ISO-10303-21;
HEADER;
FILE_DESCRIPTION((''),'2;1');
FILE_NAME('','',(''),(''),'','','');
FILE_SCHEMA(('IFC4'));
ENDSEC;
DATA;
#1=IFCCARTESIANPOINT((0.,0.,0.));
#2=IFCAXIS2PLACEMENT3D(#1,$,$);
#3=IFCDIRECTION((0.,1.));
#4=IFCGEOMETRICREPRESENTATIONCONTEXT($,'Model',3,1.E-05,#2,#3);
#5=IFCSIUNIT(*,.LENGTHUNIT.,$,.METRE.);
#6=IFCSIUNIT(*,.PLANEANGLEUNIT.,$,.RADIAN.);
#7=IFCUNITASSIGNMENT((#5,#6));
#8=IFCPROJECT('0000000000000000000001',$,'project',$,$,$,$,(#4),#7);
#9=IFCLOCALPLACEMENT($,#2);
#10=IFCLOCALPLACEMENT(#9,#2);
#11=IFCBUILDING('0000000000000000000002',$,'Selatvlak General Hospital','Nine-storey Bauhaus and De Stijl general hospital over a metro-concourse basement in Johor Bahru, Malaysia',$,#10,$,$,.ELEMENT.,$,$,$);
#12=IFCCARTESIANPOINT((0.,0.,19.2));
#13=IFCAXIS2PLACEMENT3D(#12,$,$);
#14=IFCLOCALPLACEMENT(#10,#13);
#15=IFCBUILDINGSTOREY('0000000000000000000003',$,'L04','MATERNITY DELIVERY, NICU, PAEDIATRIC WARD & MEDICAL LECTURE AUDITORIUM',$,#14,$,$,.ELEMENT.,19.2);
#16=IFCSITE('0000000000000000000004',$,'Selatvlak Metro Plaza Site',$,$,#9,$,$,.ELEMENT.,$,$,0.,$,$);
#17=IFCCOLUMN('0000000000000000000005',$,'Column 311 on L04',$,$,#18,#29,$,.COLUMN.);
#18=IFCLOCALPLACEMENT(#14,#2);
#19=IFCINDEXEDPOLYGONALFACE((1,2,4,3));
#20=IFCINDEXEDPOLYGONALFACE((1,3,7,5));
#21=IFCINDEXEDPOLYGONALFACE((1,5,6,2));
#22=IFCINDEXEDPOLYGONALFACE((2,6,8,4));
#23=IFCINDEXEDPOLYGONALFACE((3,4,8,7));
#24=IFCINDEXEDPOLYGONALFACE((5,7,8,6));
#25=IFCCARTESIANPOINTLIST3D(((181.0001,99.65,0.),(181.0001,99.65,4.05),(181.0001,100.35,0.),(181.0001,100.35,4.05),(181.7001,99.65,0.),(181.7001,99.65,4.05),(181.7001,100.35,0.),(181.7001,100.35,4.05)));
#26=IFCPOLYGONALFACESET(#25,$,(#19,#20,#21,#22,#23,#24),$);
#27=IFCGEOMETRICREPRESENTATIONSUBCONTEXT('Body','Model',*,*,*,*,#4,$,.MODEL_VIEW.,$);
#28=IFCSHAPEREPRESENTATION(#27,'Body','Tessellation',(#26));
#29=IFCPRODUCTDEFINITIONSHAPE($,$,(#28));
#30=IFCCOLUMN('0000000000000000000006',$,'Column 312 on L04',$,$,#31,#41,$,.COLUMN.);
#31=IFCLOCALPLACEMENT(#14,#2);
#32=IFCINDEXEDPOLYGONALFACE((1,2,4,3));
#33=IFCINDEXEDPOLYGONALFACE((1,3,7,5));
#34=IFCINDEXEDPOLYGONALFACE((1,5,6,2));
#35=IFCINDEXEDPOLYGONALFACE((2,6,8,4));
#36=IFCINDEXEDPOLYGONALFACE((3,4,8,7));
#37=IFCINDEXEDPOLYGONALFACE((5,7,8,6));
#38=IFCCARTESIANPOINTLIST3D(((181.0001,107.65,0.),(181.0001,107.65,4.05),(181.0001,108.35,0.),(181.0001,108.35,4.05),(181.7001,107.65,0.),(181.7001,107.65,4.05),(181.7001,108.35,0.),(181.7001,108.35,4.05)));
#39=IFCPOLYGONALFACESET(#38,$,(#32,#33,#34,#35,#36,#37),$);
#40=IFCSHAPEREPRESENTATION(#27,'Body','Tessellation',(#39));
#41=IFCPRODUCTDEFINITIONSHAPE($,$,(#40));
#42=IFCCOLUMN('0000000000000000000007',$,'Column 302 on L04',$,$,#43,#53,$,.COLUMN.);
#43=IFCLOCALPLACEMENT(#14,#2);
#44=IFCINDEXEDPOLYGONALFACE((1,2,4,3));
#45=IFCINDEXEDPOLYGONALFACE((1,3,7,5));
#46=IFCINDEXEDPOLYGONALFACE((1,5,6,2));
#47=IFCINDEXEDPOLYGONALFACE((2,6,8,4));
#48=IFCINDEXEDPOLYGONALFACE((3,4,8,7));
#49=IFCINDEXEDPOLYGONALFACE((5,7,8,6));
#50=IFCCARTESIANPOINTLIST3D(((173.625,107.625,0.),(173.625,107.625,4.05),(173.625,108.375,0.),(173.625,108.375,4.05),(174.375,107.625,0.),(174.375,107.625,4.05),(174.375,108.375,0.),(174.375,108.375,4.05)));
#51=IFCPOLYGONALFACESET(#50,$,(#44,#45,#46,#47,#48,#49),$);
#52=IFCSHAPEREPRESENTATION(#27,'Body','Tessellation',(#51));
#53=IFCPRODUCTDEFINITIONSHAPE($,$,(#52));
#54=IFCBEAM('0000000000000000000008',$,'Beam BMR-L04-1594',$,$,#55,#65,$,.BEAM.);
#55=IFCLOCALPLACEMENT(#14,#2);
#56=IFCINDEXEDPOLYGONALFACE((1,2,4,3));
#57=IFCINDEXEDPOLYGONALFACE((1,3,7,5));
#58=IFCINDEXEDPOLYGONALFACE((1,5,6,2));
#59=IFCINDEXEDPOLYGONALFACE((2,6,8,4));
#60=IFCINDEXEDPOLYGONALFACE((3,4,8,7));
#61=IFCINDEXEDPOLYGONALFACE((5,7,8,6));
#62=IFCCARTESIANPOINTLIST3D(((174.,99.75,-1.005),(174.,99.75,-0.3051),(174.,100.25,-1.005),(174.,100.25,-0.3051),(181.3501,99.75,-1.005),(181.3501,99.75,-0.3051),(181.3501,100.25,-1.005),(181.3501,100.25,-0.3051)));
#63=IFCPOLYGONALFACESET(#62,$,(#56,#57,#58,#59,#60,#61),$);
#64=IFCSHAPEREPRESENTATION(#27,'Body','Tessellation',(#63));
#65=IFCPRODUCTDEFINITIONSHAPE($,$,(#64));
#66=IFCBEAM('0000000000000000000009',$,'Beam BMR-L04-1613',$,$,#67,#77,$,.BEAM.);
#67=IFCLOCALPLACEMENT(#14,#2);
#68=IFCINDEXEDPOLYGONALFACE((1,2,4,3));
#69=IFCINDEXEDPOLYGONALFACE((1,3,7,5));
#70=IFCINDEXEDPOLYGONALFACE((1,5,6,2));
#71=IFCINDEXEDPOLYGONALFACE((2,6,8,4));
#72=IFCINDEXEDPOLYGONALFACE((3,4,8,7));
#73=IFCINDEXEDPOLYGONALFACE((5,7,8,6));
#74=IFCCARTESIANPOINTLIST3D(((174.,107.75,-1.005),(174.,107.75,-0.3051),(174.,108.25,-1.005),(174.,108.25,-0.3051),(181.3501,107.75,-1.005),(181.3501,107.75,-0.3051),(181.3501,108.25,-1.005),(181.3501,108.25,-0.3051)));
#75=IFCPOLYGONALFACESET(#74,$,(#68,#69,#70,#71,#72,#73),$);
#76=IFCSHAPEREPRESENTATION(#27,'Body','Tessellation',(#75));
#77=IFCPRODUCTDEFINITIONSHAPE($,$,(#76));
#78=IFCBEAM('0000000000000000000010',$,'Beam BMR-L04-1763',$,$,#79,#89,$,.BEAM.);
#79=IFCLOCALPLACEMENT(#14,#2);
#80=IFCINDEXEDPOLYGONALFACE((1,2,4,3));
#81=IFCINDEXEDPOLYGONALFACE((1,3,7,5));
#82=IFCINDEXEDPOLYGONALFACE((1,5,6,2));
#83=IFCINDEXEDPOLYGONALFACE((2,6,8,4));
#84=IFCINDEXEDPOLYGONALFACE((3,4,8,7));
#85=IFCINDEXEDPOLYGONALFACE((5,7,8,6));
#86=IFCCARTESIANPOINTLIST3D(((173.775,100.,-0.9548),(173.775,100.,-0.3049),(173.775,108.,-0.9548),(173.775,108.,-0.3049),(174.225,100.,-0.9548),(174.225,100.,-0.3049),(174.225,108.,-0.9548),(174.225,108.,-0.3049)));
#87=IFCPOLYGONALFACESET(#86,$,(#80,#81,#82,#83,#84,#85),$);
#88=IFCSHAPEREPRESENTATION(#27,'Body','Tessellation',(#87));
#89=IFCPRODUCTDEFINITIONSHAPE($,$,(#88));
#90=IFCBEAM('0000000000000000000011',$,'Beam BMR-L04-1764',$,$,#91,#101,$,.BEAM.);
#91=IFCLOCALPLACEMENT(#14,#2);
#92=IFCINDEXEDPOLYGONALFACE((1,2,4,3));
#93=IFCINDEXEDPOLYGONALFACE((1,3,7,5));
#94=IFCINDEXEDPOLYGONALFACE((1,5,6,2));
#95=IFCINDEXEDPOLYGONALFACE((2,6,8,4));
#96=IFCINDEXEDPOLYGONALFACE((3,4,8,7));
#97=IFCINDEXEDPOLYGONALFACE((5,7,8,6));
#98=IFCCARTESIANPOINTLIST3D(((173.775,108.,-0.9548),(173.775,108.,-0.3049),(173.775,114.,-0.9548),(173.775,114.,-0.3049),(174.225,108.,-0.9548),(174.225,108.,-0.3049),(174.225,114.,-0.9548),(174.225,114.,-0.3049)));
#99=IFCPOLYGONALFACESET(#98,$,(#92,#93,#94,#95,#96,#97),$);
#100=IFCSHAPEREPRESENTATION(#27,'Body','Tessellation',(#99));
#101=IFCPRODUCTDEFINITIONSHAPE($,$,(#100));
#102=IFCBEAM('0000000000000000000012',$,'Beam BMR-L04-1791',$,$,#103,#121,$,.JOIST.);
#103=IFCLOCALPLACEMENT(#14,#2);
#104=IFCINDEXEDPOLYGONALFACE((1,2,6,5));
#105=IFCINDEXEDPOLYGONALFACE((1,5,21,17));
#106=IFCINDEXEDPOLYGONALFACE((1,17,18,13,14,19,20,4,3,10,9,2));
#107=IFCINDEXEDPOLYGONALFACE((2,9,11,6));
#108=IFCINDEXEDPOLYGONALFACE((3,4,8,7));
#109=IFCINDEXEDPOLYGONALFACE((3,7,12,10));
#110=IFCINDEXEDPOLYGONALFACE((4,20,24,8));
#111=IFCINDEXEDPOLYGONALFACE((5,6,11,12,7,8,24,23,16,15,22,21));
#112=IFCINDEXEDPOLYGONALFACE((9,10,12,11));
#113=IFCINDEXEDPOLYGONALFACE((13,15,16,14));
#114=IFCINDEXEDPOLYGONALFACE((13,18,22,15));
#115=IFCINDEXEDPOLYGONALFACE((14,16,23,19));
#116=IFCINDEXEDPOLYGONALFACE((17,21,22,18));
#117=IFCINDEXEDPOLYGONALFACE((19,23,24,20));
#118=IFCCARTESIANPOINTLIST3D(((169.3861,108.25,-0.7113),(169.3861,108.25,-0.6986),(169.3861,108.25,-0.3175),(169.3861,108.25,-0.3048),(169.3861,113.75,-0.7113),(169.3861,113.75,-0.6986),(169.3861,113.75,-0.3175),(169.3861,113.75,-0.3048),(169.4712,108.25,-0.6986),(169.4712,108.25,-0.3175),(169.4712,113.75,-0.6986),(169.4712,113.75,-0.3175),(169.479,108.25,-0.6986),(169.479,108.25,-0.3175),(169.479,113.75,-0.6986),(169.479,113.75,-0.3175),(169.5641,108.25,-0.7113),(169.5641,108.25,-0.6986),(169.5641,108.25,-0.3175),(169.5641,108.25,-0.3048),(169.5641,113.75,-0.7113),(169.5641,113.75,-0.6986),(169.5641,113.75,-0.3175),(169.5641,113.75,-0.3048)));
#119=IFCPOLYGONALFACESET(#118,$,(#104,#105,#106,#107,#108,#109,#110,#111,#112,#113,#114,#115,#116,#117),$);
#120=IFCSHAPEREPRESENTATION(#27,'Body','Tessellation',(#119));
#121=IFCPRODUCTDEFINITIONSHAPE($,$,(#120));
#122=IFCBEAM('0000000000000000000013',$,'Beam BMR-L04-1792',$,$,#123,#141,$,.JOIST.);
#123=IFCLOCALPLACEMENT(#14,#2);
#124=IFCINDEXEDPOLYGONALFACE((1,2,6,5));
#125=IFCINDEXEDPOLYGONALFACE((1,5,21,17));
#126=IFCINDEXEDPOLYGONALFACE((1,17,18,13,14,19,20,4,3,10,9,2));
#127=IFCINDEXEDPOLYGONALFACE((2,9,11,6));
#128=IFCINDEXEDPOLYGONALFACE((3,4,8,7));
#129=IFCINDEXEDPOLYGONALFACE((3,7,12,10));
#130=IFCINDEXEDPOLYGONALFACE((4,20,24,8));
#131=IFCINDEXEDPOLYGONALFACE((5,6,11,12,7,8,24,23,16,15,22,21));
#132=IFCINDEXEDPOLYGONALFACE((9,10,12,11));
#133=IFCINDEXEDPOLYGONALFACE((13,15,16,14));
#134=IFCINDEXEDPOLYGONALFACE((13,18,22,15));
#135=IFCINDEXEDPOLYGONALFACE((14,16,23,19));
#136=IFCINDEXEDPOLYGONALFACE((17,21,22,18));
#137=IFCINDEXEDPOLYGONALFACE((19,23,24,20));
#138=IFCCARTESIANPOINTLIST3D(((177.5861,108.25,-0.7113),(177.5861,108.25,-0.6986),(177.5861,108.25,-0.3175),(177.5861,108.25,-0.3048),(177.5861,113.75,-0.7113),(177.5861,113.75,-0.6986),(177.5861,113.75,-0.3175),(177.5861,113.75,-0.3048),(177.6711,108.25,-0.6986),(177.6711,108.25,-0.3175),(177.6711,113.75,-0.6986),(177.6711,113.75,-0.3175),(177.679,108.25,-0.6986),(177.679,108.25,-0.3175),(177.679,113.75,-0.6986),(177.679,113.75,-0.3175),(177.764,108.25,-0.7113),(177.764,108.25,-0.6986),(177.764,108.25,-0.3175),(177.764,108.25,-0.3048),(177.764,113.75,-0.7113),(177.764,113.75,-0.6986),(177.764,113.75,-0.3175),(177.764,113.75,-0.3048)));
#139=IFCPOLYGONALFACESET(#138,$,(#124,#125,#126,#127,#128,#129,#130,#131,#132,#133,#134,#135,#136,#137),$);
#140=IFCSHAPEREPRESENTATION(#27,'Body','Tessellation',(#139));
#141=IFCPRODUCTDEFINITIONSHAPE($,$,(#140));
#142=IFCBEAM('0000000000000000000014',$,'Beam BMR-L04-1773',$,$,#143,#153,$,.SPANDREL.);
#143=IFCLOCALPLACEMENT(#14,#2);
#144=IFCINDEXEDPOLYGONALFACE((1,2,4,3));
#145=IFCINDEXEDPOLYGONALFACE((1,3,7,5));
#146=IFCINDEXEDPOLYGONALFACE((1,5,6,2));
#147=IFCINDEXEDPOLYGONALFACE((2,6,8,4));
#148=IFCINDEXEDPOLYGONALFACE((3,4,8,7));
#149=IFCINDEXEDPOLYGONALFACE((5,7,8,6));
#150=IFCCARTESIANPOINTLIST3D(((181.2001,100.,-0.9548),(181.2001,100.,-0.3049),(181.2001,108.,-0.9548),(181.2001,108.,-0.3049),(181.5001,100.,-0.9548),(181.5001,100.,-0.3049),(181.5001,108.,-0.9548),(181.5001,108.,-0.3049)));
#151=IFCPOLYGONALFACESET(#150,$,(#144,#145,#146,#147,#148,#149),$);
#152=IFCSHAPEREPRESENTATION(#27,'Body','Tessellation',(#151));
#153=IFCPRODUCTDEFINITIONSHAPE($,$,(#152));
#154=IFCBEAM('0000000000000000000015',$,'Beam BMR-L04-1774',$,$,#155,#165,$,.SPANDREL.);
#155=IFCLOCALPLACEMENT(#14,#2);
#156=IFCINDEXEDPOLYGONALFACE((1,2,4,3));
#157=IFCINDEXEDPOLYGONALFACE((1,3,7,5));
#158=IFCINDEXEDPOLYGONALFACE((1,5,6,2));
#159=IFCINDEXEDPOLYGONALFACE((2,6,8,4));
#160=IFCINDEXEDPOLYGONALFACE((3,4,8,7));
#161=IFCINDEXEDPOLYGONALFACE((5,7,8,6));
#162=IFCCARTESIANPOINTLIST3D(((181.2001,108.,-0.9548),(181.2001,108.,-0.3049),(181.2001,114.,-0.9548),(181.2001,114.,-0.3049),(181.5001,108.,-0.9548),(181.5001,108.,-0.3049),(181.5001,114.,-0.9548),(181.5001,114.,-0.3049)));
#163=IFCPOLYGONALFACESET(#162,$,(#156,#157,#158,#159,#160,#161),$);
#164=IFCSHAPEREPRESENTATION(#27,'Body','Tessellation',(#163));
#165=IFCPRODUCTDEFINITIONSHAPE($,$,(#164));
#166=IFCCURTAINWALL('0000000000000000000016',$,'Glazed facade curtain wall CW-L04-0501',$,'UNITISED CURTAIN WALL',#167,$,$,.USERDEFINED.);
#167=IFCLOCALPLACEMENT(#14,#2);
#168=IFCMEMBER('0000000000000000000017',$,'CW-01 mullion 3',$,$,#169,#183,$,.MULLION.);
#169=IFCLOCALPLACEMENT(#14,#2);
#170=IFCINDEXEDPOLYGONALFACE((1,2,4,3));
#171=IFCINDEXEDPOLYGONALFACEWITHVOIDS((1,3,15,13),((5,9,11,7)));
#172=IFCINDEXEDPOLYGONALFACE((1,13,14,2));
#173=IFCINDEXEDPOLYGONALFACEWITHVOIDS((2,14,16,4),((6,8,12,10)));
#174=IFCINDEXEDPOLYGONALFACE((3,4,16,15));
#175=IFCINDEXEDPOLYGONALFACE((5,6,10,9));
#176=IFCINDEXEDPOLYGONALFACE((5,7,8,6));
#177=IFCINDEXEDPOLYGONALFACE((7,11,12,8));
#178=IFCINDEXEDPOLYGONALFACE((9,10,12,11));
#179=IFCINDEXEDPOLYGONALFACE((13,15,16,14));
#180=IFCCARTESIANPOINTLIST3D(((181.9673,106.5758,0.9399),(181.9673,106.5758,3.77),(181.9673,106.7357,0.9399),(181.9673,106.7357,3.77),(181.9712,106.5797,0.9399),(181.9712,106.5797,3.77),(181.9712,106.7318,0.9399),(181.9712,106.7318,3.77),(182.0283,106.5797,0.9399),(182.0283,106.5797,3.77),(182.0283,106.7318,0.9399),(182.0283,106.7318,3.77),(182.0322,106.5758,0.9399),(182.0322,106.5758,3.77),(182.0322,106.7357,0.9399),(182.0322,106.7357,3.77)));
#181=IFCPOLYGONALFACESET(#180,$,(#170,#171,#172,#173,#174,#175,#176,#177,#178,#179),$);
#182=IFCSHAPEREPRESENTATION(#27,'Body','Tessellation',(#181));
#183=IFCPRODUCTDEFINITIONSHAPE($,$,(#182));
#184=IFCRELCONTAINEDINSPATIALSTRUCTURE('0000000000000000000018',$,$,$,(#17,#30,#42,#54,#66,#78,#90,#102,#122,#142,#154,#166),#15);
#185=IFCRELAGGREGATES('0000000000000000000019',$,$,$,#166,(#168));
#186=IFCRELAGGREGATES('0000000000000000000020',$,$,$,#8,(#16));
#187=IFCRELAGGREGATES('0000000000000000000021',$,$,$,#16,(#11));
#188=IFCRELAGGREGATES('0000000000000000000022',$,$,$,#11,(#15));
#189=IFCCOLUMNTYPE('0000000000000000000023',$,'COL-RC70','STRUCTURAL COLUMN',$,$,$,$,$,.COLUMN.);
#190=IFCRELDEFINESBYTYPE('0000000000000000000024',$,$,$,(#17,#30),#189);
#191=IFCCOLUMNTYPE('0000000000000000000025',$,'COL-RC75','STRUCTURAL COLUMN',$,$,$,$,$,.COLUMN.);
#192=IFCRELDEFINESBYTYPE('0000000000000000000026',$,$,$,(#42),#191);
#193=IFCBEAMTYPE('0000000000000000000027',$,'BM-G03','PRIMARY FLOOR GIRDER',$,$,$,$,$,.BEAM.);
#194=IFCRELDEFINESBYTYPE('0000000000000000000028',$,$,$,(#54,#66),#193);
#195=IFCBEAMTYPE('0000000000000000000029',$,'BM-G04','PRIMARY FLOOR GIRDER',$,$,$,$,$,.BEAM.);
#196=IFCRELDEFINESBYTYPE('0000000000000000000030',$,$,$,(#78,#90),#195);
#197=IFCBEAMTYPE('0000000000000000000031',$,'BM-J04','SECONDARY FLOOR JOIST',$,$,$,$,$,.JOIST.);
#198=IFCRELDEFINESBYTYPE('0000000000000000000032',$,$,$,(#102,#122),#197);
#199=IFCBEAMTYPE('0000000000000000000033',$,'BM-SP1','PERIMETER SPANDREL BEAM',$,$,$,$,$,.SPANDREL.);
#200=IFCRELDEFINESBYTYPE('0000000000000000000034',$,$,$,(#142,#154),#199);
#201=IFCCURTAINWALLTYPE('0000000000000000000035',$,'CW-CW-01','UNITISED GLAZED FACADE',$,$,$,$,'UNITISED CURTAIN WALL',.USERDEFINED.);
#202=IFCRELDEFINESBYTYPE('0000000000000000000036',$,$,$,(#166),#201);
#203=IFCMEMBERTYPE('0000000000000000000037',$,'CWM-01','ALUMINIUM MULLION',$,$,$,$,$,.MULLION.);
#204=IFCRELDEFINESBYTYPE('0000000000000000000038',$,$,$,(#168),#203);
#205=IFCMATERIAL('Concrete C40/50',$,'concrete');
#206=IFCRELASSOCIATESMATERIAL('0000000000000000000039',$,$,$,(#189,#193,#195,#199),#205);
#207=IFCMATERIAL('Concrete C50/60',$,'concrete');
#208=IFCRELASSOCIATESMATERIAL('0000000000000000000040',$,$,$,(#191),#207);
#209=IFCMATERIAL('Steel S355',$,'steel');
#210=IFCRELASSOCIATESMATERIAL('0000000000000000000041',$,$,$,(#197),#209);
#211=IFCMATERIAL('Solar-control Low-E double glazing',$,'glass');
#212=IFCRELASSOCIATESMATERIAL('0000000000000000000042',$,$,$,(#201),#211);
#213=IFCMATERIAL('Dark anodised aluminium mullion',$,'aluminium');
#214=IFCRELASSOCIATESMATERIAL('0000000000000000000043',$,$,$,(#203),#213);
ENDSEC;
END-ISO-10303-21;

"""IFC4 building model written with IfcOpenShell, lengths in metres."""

from ifc_helpers import new_model, si_unit, direction, frame, origin, origin_2d, place, context, subcontext, project, spatial, rectangle, hollow_rectangle, i_section, extrude, material, material_profile, profile_set, type_object, element, aggregate, save


model = new_model("IFC4")

# Units and contexts
model_context = context("Model", 3, precision=1e-05, world=origin(), true_north=direction((0.0, 1.0)))
body_context = subcontext(model_context, "Body", "Model", "MODEL_VIEW")
ifc_project = project(units=[si_unit("LENGTHUNIT", "METRE"), si_unit("PLANEANGLEUNIT", "RADIAN")], contexts=[model_context])

# Site, building, storey
site_placement = place(None, origin())
site = spatial("IfcSite", under=ifc_project, at=site_placement, Name="Selatvlak Metro Plaza Site", CompositionType="ELEMENT", RefElevation=0.0)
building_placement = place(site_placement, origin())
building = spatial("IfcBuilding", under=site, at=building_placement, Name="Selatvlak General Hospital", Description="Nine-storey Bauhaus and De Stijl general hospital over a metro-concourse basement in Johor Bahru, Malaysia", CompositionType="ELEMENT")
storey_placement = place(building_placement, frame((0.0, 0.0, 19.2)))
storey = spatial("IfcBuildingStorey", under=building, at=storey_placement, Name="L04", Description="MATERNITY DELIVERY, NICU, PAEDIATRIC WARD & MEDICAL LECTURE AUDITORIUM", CompositionType="ELEMENT", Elevation=19.2)

# Columns
ifc_material_1 = material(Name="Concrete C40/50", Category="concrete")
ifc_material_profile_1 = material_profile(ifc_material_1, rectangle(XDim=0.7, YDim=0.7, at=origin_2d()), Name="RC-COL 700x700")
ifc_profile_set_1 = profile_set([ifc_material_profile_1], Name="Concrete C40/50")
column_type_1 = type_object("IfcColumnType", Name="COL-RC70", Description="STRUCTURAL COLUMN", PredefinedType="COLUMN", material=ifc_profile_set_1)
for number, where, z_axis, x_axis, name in (
    (1, (181.3501, 100.0, 0.0), (0.0, 0.0, 1.0), (1.0, 0.0, 0.0), "Column 311 on L04"),
    (2, (181.3501, 108.0, 0.0), (0.0, 0.0, 1.0), (1.0, 0.0, 0.0), "Column 312 on L04"),
):
    element("IfcColumn", number, at=place(storey_placement, frame(where, z_axis=z_axis, x_axis=x_axis)), inside=storey, type_object=column_type_1, Name=name, PredefinedType="COLUMN", context=body_context, shape_type="SweptSolid", body=[
        extrude(rectangle(XDim=0.7, YDim=0.7, at=origin_2d()), origin(), (0.0, 0.0, 1.0), 4.05),
    ])
ifc_material_2 = material(Name="Concrete C50/60", Category="concrete")
ifc_material_profile_2 = material_profile(ifc_material_2, rectangle(XDim=0.75, YDim=0.75, at=origin_2d()), Name="RC-COL 750x750")
ifc_profile_set_2 = profile_set([ifc_material_profile_2], Name="Concrete C50/60")
column_type_2 = type_object("IfcColumnType", Name="COL-RC75", Description="STRUCTURAL COLUMN", PredefinedType="COLUMN", material=ifc_profile_set_2)
column_placement = place(storey_placement, frame((174.0, 108.0, 0.0), z_axis=(0.0, 0.0, 1.0), x_axis=(1.0, 0.0, 0.0)))
element("IfcColumn", 3, at=column_placement, inside=storey, type_object=column_type_2, Name="Column 302 on L04", PredefinedType="COLUMN", context=body_context, shape_type="SweptSolid", body=[
    extrude(rectangle(XDim=0.75, YDim=0.75, at=origin_2d()), origin(), (0.0, 0.0, 1.0), 4.05),
])

# Beams
ifc_material_profile_3 = material_profile(ifc_material_1, rectangle(XDim=0.5, YDim=0.7, at=origin_2d()), Name="RC-BM 500x700")
ifc_profile_set_3 = profile_set([ifc_material_profile_3], Name="Concrete C40/50")
beam_type_1 = type_object("IfcBeamType", Name="BM-G03", Description="PRIMARY FLOOR GIRDER", PredefinedType="BEAM", material=ifc_profile_set_3)
for number, where, z_axis, x_axis, name in (
    (4, (174.0, 100.0, -0.655), (1.0, 0.0, 0.0), (0.0, 1.0, 0.0), "Beam BMR-L04-1594"),
    (5, (174.0, 108.0, -0.655), (1.0, 0.0, 0.0), (0.0, 1.0, 0.0), "Beam BMR-L04-1613"),
):
    element("IfcBeam", number, at=place(storey_placement, frame(where, z_axis=z_axis, x_axis=x_axis)), inside=storey, type_object=beam_type_1, Name=name, PredefinedType="BEAM", context=body_context, shape_type="SweptSolid", body=[
        extrude(rectangle(XDim=0.5, YDim=0.7, at=origin_2d()), origin(), (0.0, 0.0, 1.0), 7.3501),
    ])
ifc_material_profile_4 = material_profile(ifc_material_1, rectangle(XDim=0.45, YDim=0.6499, at=origin_2d()), Name="RC-BM 450x650")
ifc_profile_set_4 = profile_set([ifc_material_profile_4], Name="Concrete C40/50")
beam_type_2 = type_object("IfcBeamType", Name="BM-G04", Description="PRIMARY FLOOR GIRDER", PredefinedType="BEAM", material=ifc_profile_set_4)
beam_1_placement = place(storey_placement, frame((174.0, 100.0, -0.6299), z_axis=(0.0, 1.0, 0.0), x_axis=(-1.0, 0.0, 0.0)))
element("IfcBeam", 6, at=beam_1_placement, inside=storey, type_object=beam_type_2, Name="Beam BMR-L04-1763", PredefinedType="BEAM", context=body_context, shape_type="SweptSolid", body=[
    extrude(rectangle(XDim=0.45, YDim=0.6499, at=origin_2d()), origin(), (0.0, 0.0, 1.0), 8.0),
])
beam_2_placement = place(storey_placement, frame((174.0, 108.0, -0.6299), z_axis=(0.0, 1.0, 0.0), x_axis=(-1.0, 0.0, 0.0)))
element("IfcBeam", 7, at=beam_2_placement, inside=storey, type_object=beam_type_2, Name="Beam BMR-L04-1764", PredefinedType="BEAM", context=body_context, shape_type="SweptSolid", body=[
    extrude(rectangle(XDim=0.45, YDim=0.6499, at=origin_2d()), origin(), (0.0, 0.0, 1.0), 6.0),
])
ifc_material_3 = material(Name="Steel S355", Category="steel")
ifc_material_profile_5 = material_profile(ifc_material_3, i_section(OverallWidth=0.178, OverallDepth=0.4065, WebThickness=0.0078, FlangeThickness=0.0127, at=origin_2d()), Name="UB 406x178x60")
ifc_profile_set_5 = profile_set([ifc_material_profile_5], Name="Steel S355")
beam_type_3 = type_object("IfcBeamType", Name="BM-J04", Description="SECONDARY FLOOR JOIST", PredefinedType="JOIST", material=ifc_profile_set_5)
for number, where, z_axis, x_axis, name in (
    (8, (169.4751, 108.25, -0.5081), (0.0, 1.0, 0.0), (-1.0, 0.0, 0.0), "Beam BMR-L04-1791"),
    (9, (177.675, 108.25, -0.5081), (0.0, 1.0, 0.0), (-1.0, 0.0, 0.0), "Beam BMR-L04-1792"),
):
    element("IfcBeam", number, at=place(storey_placement, frame(where, z_axis=z_axis, x_axis=x_axis)), inside=storey, type_object=beam_type_3, Name=name, PredefinedType="JOIST", context=body_context, shape_type="SweptSolid", body=[
        extrude(i_section(OverallWidth=0.178, OverallDepth=0.4065, WebThickness=0.0078, FlangeThickness=0.0127, at=origin_2d()), origin(), (0.0, 0.0, 1.0), 5.5),
    ])
ifc_material_profile_6 = material_profile(ifc_material_1, rectangle(XDim=0.3, YDim=0.6499, at=origin_2d()), Name="RC-SP 300x650")
ifc_profile_set_6 = profile_set([ifc_material_profile_6], Name="Concrete C40/50")
beam_type_4 = type_object("IfcBeamType", Name="BM-SP1", Description="PERIMETER SPANDREL BEAM", PredefinedType="SPANDREL", material=ifc_profile_set_6)
beam_3_placement = place(storey_placement, frame((181.3501, 100.0, -0.6299), z_axis=(0.0, 1.0, 0.0), x_axis=(-1.0, 0.0, 0.0)))
element("IfcBeam", 10, at=beam_3_placement, inside=storey, type_object=beam_type_4, Name="Beam BMR-L04-1773", PredefinedType="SPANDREL", context=body_context, shape_type="SweptSolid", body=[
    extrude(rectangle(XDim=0.3, YDim=0.6499, at=origin_2d()), origin(), (0.0, 0.0, 1.0), 8.0),
])
beam_4_placement = place(storey_placement, frame((181.3501, 108.0, -0.6299), z_axis=(0.0, 1.0, 0.0), x_axis=(-1.0, 0.0, 0.0)))
element("IfcBeam", 11, at=beam_4_placement, inside=storey, type_object=beam_type_4, Name="Beam BMR-L04-1774", PredefinedType="SPANDREL", context=body_context, shape_type="SweptSolid", body=[
    extrude(rectangle(XDim=0.3, YDim=0.6499, at=origin_2d()), origin(), (0.0, 0.0, 1.0), 6.0),
])

# Curtain wall, member
ifc_material_4 = material(Name="Solar-control Low-E double glazing", Category="glass")
curtain_wall_type_1 = type_object("IfcCurtainWallType", Name="CW-CW-01", Description="UNITISED GLAZED FACADE", ElementType="UNITISED CURTAIN WALL", PredefinedType="USERDEFINED", material=ifc_material_4)
curtain_wall_1_placement = place(storey_placement, origin())
curtain_wall_1 = element("IfcCurtainWall", 12, at=curtain_wall_1_placement, inside=storey, type_object=curtain_wall_type_1, Name="Glazed facade curtain wall CW-L04-0501", ObjectType="UNITISED CURTAIN WALL", PredefinedType="USERDEFINED")
ifc_material_5 = material(Name="Dark anodised aluminium mullion", Category="aluminium")
ifc_material_profile_7 = material_profile(ifc_material_5, hollow_rectangle(XDim=0.0649, YDim=0.1599, WallThickness=0.0039, at=origin_2d()), Name="AL-MUL 65x160x4")
ifc_profile_set_7 = profile_set([ifc_material_profile_7], Name="Dark anodised aluminium mullion")
member_type_1 = type_object("IfcMemberType", Name="CWM-01", Description="ALUMINIUM MULLION", PredefinedType="MULLION", material=ifc_profile_set_7)
member_1_placement = place(storey_placement, frame((181.9998, 106.6558, 0.9399), z_axis=(0.0, 0.0, 1.0), x_axis=(1.0, 0.000126, 0.0)))
member_1 = element("IfcMember", 13, at=member_1_placement, type_object=member_type_1, Name="CW-01 mullion 3", PredefinedType="MULLION", context=body_context, shape_type="SweptSolid", body=[
    extrude(hollow_rectangle(XDim=0.0649, YDim=0.1599, WallThickness=0.0039, at=origin_2d()), origin(), (0.0, 0.0, 1.0), 2.8301),
])

aggregate(curtain_wall_1, [member_1])

save(model, "model.ifc")
